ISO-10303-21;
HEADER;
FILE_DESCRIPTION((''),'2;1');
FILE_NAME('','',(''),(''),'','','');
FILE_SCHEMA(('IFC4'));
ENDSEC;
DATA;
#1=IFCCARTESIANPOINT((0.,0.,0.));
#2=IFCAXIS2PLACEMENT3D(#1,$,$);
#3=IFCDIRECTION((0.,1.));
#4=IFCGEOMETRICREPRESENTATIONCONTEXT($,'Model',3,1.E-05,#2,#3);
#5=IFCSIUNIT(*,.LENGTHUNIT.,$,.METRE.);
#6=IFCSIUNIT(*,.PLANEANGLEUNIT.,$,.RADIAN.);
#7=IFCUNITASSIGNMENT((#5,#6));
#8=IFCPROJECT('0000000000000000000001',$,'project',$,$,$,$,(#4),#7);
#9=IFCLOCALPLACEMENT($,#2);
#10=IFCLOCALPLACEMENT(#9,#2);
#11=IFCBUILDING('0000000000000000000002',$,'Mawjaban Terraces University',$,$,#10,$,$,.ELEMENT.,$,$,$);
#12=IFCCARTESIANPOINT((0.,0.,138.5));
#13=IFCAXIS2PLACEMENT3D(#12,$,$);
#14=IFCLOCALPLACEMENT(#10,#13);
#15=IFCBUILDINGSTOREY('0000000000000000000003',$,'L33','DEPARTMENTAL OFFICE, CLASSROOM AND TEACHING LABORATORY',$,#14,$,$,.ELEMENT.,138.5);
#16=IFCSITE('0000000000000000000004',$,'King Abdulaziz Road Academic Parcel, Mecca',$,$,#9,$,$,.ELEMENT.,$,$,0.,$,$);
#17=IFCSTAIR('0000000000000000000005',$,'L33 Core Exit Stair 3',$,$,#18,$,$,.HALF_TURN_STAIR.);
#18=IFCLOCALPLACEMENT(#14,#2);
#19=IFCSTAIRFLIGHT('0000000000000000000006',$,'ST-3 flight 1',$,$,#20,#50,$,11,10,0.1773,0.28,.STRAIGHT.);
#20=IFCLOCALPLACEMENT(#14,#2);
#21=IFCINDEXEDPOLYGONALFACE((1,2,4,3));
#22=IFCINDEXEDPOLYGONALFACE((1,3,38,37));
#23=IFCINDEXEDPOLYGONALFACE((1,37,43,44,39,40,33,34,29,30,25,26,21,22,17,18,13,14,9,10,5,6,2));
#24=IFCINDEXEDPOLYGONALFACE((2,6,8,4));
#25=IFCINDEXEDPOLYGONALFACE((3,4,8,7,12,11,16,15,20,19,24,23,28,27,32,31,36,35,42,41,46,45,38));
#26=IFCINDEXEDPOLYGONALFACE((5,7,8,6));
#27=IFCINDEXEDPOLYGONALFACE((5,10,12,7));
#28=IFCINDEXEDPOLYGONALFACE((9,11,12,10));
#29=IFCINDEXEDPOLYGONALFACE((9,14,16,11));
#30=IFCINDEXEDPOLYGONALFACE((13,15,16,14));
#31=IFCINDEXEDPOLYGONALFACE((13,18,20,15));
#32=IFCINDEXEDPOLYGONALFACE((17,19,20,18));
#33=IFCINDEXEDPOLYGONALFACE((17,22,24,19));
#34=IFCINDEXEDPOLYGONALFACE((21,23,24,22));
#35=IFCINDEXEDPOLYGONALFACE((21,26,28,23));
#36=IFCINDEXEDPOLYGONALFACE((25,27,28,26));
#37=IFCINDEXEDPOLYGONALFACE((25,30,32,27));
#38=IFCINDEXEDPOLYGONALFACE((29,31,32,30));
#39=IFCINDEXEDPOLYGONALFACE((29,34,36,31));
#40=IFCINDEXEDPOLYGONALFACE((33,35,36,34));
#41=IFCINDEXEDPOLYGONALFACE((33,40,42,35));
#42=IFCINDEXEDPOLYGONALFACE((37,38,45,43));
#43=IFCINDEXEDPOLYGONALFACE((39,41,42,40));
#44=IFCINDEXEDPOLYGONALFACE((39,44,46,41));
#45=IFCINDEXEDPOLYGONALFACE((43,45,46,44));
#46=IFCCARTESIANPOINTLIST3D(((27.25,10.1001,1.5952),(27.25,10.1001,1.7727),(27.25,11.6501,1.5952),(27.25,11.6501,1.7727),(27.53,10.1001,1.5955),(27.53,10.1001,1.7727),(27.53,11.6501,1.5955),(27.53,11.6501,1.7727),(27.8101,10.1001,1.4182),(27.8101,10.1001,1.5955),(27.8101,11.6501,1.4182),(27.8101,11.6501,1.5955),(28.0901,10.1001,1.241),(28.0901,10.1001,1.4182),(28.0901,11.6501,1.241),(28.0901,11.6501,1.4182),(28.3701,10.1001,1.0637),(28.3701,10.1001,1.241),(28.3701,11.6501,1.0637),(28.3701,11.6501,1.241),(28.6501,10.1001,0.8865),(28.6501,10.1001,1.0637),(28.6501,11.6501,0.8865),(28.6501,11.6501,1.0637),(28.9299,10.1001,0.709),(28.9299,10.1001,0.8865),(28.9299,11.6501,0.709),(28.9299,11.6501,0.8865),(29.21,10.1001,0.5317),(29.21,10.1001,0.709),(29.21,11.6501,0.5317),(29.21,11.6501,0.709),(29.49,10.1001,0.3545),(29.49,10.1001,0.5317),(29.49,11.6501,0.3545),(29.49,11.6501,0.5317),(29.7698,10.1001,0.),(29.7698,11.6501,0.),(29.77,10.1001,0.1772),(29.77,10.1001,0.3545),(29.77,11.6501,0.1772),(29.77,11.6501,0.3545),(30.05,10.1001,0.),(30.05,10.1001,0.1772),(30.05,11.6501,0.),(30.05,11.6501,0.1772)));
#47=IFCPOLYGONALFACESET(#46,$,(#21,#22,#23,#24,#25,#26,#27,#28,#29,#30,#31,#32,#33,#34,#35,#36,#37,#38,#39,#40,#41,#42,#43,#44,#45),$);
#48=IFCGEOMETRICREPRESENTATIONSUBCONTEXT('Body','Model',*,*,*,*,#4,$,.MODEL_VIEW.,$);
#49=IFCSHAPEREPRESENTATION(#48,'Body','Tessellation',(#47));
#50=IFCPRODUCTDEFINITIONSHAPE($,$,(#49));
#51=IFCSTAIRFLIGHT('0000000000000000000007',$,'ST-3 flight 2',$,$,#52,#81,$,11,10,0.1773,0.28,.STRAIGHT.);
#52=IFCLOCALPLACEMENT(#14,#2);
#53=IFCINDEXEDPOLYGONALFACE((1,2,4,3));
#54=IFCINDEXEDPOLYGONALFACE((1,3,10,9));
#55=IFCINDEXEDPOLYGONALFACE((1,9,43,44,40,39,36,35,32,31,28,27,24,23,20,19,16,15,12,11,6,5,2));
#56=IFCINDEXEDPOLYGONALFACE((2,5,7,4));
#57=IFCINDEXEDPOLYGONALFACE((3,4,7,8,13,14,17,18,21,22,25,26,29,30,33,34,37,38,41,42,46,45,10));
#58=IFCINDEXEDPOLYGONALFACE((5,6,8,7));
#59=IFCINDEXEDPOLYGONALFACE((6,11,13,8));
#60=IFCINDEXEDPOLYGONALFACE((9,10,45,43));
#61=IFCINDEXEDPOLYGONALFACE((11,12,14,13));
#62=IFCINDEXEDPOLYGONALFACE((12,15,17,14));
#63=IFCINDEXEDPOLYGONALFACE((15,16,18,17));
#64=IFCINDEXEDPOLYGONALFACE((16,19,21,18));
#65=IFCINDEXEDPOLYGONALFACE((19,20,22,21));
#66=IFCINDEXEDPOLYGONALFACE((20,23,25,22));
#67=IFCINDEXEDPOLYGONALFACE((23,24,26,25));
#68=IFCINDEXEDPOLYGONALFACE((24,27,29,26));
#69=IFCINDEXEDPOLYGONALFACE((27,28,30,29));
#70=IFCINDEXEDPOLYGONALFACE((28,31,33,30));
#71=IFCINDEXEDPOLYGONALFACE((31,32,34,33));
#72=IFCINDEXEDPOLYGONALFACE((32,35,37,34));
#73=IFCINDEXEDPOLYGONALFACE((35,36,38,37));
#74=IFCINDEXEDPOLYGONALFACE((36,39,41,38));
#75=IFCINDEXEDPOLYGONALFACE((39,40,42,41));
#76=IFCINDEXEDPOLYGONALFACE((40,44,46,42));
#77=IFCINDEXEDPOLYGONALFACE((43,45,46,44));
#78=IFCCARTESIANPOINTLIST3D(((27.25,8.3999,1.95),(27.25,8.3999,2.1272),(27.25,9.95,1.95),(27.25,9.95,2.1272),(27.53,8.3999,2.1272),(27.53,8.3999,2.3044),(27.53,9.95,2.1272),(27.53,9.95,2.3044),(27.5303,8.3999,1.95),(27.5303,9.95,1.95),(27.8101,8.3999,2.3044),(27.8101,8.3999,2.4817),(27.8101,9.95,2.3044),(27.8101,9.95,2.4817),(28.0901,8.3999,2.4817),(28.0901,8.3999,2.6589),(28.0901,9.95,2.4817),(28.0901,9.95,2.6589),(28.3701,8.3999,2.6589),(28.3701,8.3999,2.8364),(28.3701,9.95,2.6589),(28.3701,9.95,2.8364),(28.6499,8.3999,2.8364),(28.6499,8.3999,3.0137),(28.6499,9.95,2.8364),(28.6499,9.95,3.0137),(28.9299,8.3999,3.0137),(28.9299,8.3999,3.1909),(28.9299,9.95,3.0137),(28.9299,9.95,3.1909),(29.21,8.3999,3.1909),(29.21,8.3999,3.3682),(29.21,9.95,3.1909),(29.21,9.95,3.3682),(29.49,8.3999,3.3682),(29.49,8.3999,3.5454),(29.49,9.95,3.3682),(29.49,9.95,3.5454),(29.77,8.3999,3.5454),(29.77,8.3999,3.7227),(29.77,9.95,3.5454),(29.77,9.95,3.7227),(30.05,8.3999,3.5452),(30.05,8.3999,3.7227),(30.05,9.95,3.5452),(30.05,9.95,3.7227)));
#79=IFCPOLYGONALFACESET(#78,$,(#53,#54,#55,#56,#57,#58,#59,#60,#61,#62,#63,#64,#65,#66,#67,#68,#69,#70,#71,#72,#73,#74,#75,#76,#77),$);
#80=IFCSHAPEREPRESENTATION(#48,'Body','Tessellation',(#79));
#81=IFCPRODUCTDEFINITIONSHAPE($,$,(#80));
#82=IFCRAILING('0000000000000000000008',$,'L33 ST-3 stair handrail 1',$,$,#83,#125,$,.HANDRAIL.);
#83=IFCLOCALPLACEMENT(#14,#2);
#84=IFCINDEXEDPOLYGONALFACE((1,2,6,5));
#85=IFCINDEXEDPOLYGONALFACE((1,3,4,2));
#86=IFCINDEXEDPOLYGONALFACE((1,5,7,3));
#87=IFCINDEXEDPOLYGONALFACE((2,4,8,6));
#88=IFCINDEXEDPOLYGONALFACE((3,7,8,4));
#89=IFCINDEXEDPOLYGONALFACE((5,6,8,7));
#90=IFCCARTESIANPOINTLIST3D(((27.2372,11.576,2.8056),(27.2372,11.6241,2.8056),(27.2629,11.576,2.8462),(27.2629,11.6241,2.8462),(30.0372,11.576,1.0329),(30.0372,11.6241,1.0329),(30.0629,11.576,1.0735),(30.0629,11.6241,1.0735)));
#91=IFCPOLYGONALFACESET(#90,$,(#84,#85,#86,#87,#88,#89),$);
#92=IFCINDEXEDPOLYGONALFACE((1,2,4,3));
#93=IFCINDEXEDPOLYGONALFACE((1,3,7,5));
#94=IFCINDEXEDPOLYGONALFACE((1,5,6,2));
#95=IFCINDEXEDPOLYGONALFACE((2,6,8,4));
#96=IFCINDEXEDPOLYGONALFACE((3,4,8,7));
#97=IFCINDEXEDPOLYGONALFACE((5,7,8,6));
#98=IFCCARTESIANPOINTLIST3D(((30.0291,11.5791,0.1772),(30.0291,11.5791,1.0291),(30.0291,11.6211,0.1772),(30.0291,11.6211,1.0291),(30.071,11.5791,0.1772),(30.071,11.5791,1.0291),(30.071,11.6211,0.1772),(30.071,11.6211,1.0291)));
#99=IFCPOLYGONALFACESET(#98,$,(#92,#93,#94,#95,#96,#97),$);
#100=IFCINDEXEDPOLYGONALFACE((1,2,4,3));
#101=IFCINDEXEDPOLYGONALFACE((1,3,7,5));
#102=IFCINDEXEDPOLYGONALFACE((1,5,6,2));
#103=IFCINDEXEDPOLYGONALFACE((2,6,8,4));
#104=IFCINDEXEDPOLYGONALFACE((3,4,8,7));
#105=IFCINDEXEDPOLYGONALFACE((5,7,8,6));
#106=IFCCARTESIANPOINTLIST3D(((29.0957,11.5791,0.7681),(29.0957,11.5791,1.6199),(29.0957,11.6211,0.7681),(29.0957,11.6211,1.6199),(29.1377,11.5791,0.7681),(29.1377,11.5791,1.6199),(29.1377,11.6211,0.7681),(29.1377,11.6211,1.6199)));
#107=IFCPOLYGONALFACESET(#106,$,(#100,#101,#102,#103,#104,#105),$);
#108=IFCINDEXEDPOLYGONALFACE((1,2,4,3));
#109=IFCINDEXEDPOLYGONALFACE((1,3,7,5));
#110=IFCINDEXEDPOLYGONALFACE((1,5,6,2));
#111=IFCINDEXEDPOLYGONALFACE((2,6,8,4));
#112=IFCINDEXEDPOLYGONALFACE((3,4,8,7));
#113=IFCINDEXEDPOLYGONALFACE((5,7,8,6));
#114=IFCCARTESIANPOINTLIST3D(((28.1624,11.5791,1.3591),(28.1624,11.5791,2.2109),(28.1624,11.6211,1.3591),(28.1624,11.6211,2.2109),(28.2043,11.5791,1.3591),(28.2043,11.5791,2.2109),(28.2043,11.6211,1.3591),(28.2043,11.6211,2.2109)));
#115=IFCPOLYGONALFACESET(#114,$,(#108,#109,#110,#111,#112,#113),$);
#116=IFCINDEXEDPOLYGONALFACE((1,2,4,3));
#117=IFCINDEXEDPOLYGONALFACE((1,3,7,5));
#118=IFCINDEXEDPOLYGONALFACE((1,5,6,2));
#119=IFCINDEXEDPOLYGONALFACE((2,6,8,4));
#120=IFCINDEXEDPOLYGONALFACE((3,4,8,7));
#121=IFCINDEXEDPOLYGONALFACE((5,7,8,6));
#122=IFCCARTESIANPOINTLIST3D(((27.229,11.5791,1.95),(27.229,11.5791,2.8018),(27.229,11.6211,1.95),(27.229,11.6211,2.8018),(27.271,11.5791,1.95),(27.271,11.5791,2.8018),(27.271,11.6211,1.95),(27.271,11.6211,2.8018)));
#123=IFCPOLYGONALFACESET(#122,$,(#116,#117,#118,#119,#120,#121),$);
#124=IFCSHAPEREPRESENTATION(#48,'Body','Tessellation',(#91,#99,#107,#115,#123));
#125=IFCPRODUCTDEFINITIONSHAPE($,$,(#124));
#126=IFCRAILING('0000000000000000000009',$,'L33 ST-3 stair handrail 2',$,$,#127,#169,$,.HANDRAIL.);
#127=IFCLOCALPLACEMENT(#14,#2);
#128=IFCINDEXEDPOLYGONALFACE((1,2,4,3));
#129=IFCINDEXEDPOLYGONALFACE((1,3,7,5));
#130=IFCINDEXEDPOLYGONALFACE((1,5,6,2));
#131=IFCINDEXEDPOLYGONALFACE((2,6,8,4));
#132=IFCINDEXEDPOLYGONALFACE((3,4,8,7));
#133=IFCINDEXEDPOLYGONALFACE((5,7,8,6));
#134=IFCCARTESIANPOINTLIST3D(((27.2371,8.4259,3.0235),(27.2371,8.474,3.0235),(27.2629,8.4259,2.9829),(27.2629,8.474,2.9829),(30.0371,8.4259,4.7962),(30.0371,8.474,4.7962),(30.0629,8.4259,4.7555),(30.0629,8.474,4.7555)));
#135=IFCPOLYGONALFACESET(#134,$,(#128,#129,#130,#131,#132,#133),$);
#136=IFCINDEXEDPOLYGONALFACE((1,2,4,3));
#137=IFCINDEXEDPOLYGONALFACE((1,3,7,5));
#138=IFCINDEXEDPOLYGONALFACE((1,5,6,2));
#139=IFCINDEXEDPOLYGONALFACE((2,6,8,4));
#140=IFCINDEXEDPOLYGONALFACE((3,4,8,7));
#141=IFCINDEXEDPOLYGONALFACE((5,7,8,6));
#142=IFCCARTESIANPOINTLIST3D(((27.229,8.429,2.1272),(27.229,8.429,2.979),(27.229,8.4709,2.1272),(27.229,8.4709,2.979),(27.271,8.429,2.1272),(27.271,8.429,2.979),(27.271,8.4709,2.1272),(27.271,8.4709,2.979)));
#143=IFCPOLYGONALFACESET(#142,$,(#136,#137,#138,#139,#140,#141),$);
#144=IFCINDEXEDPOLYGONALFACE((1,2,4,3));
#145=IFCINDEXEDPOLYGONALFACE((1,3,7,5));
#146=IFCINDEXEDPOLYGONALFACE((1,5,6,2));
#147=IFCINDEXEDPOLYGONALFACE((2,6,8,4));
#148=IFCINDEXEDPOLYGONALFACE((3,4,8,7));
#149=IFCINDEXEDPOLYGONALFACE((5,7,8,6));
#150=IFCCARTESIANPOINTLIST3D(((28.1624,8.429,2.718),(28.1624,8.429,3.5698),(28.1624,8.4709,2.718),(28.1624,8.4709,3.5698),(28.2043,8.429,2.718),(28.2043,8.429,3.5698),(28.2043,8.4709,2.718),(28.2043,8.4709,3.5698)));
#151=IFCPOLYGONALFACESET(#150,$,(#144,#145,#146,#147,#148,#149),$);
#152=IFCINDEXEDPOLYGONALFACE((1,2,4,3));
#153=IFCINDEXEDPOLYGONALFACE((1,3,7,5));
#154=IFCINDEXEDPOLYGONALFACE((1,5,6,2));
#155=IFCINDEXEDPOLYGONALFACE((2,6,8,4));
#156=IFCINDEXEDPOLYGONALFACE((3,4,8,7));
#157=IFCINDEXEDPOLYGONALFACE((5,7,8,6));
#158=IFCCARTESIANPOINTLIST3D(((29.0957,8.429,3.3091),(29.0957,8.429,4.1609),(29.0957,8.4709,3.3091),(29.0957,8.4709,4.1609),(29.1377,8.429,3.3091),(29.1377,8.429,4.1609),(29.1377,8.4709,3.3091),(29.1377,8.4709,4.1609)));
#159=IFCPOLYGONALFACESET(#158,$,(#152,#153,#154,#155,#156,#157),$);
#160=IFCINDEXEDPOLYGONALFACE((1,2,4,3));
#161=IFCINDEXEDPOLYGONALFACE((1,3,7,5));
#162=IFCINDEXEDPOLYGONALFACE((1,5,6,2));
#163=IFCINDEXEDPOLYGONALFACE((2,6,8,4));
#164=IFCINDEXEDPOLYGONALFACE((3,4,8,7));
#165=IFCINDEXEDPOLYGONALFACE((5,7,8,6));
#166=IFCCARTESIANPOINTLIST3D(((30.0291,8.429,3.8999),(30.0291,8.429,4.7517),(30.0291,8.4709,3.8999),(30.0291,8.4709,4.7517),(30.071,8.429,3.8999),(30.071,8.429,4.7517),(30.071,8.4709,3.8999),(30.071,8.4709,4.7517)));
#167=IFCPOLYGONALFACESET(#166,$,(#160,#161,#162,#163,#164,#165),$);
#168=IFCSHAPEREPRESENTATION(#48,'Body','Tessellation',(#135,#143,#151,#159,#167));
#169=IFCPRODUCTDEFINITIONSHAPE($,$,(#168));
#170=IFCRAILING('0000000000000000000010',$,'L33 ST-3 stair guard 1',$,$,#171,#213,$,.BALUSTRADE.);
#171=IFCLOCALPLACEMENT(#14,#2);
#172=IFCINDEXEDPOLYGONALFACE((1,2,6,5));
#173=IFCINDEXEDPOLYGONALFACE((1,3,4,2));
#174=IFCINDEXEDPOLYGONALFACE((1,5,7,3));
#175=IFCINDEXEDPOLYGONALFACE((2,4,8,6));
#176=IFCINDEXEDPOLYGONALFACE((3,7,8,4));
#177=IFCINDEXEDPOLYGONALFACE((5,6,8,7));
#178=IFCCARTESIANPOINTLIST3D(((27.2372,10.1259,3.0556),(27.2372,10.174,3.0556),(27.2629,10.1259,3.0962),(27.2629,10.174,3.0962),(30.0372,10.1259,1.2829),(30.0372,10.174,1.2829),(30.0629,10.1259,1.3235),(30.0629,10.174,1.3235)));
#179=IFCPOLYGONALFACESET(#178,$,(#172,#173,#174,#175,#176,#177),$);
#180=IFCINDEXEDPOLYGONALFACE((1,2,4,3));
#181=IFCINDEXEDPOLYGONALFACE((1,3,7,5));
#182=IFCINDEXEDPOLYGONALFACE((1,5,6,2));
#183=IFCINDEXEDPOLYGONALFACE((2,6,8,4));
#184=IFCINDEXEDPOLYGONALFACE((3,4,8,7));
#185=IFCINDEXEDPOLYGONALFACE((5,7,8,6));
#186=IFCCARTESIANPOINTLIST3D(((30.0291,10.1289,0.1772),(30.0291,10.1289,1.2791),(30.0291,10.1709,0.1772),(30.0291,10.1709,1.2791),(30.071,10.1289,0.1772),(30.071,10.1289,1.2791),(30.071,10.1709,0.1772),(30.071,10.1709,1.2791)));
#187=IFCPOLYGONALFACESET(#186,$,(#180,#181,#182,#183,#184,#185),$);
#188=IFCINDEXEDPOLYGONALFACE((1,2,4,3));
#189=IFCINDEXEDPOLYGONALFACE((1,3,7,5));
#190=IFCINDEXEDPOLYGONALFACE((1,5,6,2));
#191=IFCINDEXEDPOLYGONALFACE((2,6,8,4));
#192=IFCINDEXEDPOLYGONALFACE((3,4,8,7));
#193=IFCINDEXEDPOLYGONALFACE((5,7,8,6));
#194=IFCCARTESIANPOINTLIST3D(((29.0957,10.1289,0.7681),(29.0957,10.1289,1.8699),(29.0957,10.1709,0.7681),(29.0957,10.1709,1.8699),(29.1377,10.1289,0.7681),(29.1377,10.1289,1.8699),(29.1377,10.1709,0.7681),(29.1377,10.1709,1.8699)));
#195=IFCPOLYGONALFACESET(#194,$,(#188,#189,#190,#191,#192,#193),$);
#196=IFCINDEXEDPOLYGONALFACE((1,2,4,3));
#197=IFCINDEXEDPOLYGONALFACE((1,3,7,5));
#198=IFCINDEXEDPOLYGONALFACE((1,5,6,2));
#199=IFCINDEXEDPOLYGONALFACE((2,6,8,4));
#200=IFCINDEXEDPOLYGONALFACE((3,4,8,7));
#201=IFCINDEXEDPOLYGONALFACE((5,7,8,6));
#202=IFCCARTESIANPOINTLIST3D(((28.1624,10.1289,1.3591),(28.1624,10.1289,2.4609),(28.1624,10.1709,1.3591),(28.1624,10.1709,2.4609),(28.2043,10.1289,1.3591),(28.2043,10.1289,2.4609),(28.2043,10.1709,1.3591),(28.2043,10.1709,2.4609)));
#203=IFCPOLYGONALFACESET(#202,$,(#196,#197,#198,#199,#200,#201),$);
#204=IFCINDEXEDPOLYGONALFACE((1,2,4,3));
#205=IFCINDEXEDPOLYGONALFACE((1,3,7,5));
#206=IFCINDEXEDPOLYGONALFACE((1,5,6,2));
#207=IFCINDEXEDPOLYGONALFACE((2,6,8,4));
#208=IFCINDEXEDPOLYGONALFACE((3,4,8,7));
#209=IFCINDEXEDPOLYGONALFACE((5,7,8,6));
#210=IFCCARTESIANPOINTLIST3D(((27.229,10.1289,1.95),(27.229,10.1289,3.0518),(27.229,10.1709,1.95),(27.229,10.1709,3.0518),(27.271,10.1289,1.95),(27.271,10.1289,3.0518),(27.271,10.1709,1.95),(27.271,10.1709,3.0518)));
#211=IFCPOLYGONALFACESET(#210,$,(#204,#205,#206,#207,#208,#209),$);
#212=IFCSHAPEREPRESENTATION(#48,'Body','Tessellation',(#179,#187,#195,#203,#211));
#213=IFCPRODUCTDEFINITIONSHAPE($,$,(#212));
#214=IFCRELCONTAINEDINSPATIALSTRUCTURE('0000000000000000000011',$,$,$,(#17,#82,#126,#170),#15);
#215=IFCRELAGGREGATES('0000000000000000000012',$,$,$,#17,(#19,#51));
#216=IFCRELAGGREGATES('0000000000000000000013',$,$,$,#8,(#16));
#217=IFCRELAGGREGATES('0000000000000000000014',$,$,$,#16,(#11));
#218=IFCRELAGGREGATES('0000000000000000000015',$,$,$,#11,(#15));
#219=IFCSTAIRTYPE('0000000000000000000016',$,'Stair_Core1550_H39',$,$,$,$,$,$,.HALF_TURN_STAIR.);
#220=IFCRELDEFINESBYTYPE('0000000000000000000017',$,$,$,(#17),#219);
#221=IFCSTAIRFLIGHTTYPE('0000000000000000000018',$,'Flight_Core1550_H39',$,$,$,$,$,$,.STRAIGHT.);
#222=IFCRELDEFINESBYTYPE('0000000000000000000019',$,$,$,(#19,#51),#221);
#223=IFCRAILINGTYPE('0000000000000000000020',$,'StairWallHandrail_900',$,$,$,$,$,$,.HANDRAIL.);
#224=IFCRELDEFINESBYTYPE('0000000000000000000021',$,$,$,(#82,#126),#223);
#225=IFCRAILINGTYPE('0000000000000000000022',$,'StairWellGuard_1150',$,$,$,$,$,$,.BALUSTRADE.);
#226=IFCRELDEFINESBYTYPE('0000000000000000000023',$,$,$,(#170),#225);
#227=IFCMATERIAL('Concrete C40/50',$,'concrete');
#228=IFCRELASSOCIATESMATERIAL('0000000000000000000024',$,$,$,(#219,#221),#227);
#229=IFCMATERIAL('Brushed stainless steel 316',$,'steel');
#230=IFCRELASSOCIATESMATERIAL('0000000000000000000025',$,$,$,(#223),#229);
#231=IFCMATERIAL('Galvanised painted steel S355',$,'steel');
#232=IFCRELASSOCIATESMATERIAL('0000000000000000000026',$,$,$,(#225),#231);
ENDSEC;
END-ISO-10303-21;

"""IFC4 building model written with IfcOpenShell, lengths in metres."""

from ifc_helpers import new_model, si_unit, direction, frame, origin, origin_2d, place, context, subcontext, project, spatial, polyline, rectangle, outline, extrude, material, type_object, element, aggregate, save


model = new_model("IFC4")

# Units and contexts
model_context = context("Model", 3, precision=1e-05, world=origin(), true_north=direction((0.0, 1.0)))
body_context = subcontext(model_context, "Body", "Model", "MODEL_VIEW")
ifc_project = project(units=[si_unit("LENGTHUNIT", "METRE"), si_unit("PLANEANGLEUNIT", "RADIAN")], contexts=[model_context])

# Site, building, storey
site_placement = place(None, origin())
site = spatial("IfcSite", under=ifc_project, at=site_placement, Name="King Abdulaziz Road Academic Parcel, Mecca", CompositionType="ELEMENT", RefElevation=0.0)
building_placement = place(site_placement, origin())
building = spatial("IfcBuilding", under=site, at=building_placement, Name="Mawjaban Terraces University", CompositionType="ELEMENT")
storey_placement = place(building_placement, frame((0.0, 0.0, 138.5)))
storey = spatial("IfcBuildingStorey", under=building, at=storey_placement, Name="L33", Description="DEPARTMENTAL OFFICE, CLASSROOM AND TEACHING LABORATORY", CompositionType="ELEMENT", Elevation=138.5)

# Shared definitions
ifc_material_1 = material(Name="Concrete C40/50", Category="concrete")

# Stair, stair flights
stair_type = type_object("IfcStairType", Name="Stair_Core1550_H39", PredefinedType="HALF_TURN_STAIR", material=ifc_material_1)
stair_placement = place(storey_placement, origin())
stair = element("IfcStair", 1, at=stair_placement, inside=storey, type_object=stair_type, Name="L33 Core Exit Stair 3", PredefinedType="HALF_TURN_STAIR")
stair_flight_type = type_object("IfcStairFlightType", Name="Flight_Core1550_H39", PredefinedType="STRAIGHT", material=ifc_material_1)
stair_flight_1_placement = place(storey_placement, frame((30.05, 10.875, 0.0), z_axis=(0.0, 0.0, 1.0), x_axis=(-1.0, 0.0, 0.0)))
stair_flight_1 = element("IfcStairFlight", 2, at=stair_flight_1_placement, type_object=stair_flight_type, Name="ST-3 flight 1", NumberOfRisers=11, NumberOfTreads=10, PredefinedType="STRAIGHT", RiserHeight=0.1773, TreadLength=0.28, context=body_context, shape_type="SweptSolid", body=[
    extrude(outline(polyline([(0.0, 0.0), (0.0, 0.1772), (0.28, 0.1772), (0.28, 0.3545), (0.5601, 0.3545), (0.5601, 0.5317), (0.8401, 0.5317), (0.8401, 0.709), (1.1201, 0.709), (1.1201, 0.8865), (1.3999, 0.8865), (1.3999, 1.0637), (1.6799, 1.0637), (1.6799, 1.241), (1.96, 1.241), (1.96, 1.4182), (2.24, 1.4182), (2.24, 1.5955), (2.52, 1.5955), (2.52, 1.7727), (2.8, 1.7727), (2.8, 1.95), (2.8, 1.5952), (0.2803, 0.0), (0.0, 0.0)])), frame((0.0, 0.7749, 0.0), z_axis=(0.0, -1.0, 0.0), x_axis=(1.0, 0.0, 0.0)), (0.0, 0.0, 1.0), 1.55),
])
stair_flight_2_placement = place(storey_placement, frame((27.25, 9.175, 1.95), z_axis=(0.0, 0.0, 1.0), x_axis=(1.0, 0.0, 0.0)))
stair_flight_2 = element("IfcStairFlight", 3, at=stair_flight_2_placement, type_object=stair_flight_type, Name="ST-3 flight 2", NumberOfRisers=11, NumberOfTreads=10, PredefinedType="STRAIGHT", RiserHeight=0.1773, TreadLength=0.28, context=body_context, shape_type="SweptSolid", body=[
    extrude(outline(polyline([(0.0, 0.0), (0.0, 0.1772), (0.28, 0.1772), (0.28, 0.3545), (0.5601, 0.3545), (0.5601, 0.5317), (0.8401, 0.5317), (0.8401, 0.709), (1.1201, 0.709), (1.1201, 0.8865), (1.3999, 0.8865), (1.3999, 1.0637), (1.6799, 1.0637), (1.6799, 1.241), (1.96, 1.241), (1.96, 1.4182), (2.24, 1.4182), (2.24, 1.5955), (2.52, 1.5955), (2.52, 1.7727), (2.8, 1.7727), (2.8, 1.95), (2.8, 1.5952), (0.2803, 0.0), (0.0, 0.0)])), frame((0.0, 0.7749, 0.0), z_axis=(0.0, -1.0, 0.0), x_axis=(1.0, 0.0, 0.0)), (0.0, 0.0, 1.0), 1.55),
])
aggregate(stair, [stair_flight_1, stair_flight_2])

# Railings
ifc_material_2 = material(Name="Brushed stainless steel 316", Category="steel")
railing_type_1 = type_object("IfcRailingType", Name="StairWallHandrail_900", PredefinedType="HANDRAIL", material=ifc_material_2)
railing_1_placement = place(storey_placement, frame((30.05, 11.6001, 0.1772)))
element("IfcRailing", 4, at=railing_1_placement, inside=storey, type_object=railing_type_1, Name="L33 ST-3 stair handrail 1", PredefinedType="HANDRAIL", context=body_context, shape_type="SweptSolid", body=[
    extrude(rectangle(XDim=0.0481, YDim=0.0481, at=origin_2d()), frame((0.0, 0.0, 0.876), z_axis=(-0.844909, 0.0, 0.53491), x_axis=(0.0, -1.0, 0.0)), (0.0, 0.0, 1.0), 3.314),
    extrude(rectangle(XDim=0.042, YDim=0.042, at=origin_2d()), origin(), (0.0, 0.0, 1.0), 0.8518),
    extrude(rectangle(XDim=0.042, YDim=0.042, at=origin_2d()), frame((-0.9333, 0.0, 0.5908)), (0.0, 0.0, 1.0), 0.8518),
    extrude(rectangle(XDim=0.042, YDim=0.042, at=origin_2d()), frame((-1.8667, 0.0, 1.1819)), (0.0, 0.0, 1.0), 0.8518),
    extrude(rectangle(XDim=0.042, YDim=0.042, at=origin_2d()), frame((-2.8, 0.0, 1.7727)), (0.0, 0.0, 1.0), 0.8518),
])
railing_2_placement = place(storey_placement, frame((27.25, 8.45, 2.1272)))
element("IfcRailing", 5, at=railing_2_placement, inside=storey, type_object=railing_type_1, Name="L33 ST-3 stair handrail 2", PredefinedType="HANDRAIL", context=body_context, shape_type="SweptSolid", body=[
    extrude(rectangle(XDim=0.0481, YDim=0.0481, at=origin_2d()), frame((0.0, 0.0, 0.876), z_axis=(0.844909, 0.0, 0.53491), x_axis=(0.0, 1.0, 0.0)), (0.0, 0.0, 1.0), 3.314),
    extrude(rectangle(XDim=0.042, YDim=0.042, at=origin_2d()), origin(), (0.0, 0.0, 1.0), 0.8518),
    extrude(rectangle(XDim=0.042, YDim=0.042, at=origin_2d()), frame((0.9333, 0.0, 0.5908)), (0.0, 0.0, 1.0), 0.8518),
    extrude(rectangle(XDim=0.042, YDim=0.042, at=origin_2d()), frame((1.8667, 0.0, 1.1819)), (0.0, 0.0, 1.0), 0.8518),
    extrude(rectangle(XDim=0.042, YDim=0.042, at=origin_2d()), frame((2.8, 0.0, 1.7727)), (0.0, 0.0, 1.0), 0.8518),
])
ifc_material_3 = material(Name="Galvanised painted steel S355", Category="steel")
railing_type_2 = type_object("IfcRailingType", Name="StairWellGuard_1150", PredefinedType="BALUSTRADE", material=ifc_material_3)
railing_3_placement = place(storey_placement, frame((30.05, 10.1499, 0.1772)))
element("IfcRailing", 6, at=railing_3_placement, inside=storey, type_object=railing_type_2, Name="L33 ST-3 stair guard 1", PredefinedType="BALUSTRADE", context=body_context, shape_type="SweptSolid", body=[
    extrude(rectangle(XDim=0.0481, YDim=0.0481, at=origin_2d()), frame((0.0, 0.0, 1.126), z_axis=(-0.844909, 0.0, 0.53491), x_axis=(0.0, -1.0, 0.0)), (0.0, 0.0, 1.0), 3.314),
    extrude(rectangle(XDim=0.042, YDim=0.042, at=origin_2d()), origin(), (0.0, 0.0, 1.0), 1.1018),
    extrude(rectangle(XDim=0.042, YDim=0.042, at=origin_2d()), frame((-0.9333, 0.0, 0.5908)), (0.0, 0.0, 1.0), 1.1018),
    extrude(rectangle(XDim=0.042, YDim=0.042, at=origin_2d()), frame((-1.8667, 0.0, 1.1819)), (0.0, 0.0, 1.0), 1.1018),
    extrude(rectangle(XDim=0.042, YDim=0.042, at=origin_2d()), frame((-2.8, 0.0, 1.7727)), (0.0, 0.0, 1.0), 1.1018),
])

save(model, "model.ifc")
